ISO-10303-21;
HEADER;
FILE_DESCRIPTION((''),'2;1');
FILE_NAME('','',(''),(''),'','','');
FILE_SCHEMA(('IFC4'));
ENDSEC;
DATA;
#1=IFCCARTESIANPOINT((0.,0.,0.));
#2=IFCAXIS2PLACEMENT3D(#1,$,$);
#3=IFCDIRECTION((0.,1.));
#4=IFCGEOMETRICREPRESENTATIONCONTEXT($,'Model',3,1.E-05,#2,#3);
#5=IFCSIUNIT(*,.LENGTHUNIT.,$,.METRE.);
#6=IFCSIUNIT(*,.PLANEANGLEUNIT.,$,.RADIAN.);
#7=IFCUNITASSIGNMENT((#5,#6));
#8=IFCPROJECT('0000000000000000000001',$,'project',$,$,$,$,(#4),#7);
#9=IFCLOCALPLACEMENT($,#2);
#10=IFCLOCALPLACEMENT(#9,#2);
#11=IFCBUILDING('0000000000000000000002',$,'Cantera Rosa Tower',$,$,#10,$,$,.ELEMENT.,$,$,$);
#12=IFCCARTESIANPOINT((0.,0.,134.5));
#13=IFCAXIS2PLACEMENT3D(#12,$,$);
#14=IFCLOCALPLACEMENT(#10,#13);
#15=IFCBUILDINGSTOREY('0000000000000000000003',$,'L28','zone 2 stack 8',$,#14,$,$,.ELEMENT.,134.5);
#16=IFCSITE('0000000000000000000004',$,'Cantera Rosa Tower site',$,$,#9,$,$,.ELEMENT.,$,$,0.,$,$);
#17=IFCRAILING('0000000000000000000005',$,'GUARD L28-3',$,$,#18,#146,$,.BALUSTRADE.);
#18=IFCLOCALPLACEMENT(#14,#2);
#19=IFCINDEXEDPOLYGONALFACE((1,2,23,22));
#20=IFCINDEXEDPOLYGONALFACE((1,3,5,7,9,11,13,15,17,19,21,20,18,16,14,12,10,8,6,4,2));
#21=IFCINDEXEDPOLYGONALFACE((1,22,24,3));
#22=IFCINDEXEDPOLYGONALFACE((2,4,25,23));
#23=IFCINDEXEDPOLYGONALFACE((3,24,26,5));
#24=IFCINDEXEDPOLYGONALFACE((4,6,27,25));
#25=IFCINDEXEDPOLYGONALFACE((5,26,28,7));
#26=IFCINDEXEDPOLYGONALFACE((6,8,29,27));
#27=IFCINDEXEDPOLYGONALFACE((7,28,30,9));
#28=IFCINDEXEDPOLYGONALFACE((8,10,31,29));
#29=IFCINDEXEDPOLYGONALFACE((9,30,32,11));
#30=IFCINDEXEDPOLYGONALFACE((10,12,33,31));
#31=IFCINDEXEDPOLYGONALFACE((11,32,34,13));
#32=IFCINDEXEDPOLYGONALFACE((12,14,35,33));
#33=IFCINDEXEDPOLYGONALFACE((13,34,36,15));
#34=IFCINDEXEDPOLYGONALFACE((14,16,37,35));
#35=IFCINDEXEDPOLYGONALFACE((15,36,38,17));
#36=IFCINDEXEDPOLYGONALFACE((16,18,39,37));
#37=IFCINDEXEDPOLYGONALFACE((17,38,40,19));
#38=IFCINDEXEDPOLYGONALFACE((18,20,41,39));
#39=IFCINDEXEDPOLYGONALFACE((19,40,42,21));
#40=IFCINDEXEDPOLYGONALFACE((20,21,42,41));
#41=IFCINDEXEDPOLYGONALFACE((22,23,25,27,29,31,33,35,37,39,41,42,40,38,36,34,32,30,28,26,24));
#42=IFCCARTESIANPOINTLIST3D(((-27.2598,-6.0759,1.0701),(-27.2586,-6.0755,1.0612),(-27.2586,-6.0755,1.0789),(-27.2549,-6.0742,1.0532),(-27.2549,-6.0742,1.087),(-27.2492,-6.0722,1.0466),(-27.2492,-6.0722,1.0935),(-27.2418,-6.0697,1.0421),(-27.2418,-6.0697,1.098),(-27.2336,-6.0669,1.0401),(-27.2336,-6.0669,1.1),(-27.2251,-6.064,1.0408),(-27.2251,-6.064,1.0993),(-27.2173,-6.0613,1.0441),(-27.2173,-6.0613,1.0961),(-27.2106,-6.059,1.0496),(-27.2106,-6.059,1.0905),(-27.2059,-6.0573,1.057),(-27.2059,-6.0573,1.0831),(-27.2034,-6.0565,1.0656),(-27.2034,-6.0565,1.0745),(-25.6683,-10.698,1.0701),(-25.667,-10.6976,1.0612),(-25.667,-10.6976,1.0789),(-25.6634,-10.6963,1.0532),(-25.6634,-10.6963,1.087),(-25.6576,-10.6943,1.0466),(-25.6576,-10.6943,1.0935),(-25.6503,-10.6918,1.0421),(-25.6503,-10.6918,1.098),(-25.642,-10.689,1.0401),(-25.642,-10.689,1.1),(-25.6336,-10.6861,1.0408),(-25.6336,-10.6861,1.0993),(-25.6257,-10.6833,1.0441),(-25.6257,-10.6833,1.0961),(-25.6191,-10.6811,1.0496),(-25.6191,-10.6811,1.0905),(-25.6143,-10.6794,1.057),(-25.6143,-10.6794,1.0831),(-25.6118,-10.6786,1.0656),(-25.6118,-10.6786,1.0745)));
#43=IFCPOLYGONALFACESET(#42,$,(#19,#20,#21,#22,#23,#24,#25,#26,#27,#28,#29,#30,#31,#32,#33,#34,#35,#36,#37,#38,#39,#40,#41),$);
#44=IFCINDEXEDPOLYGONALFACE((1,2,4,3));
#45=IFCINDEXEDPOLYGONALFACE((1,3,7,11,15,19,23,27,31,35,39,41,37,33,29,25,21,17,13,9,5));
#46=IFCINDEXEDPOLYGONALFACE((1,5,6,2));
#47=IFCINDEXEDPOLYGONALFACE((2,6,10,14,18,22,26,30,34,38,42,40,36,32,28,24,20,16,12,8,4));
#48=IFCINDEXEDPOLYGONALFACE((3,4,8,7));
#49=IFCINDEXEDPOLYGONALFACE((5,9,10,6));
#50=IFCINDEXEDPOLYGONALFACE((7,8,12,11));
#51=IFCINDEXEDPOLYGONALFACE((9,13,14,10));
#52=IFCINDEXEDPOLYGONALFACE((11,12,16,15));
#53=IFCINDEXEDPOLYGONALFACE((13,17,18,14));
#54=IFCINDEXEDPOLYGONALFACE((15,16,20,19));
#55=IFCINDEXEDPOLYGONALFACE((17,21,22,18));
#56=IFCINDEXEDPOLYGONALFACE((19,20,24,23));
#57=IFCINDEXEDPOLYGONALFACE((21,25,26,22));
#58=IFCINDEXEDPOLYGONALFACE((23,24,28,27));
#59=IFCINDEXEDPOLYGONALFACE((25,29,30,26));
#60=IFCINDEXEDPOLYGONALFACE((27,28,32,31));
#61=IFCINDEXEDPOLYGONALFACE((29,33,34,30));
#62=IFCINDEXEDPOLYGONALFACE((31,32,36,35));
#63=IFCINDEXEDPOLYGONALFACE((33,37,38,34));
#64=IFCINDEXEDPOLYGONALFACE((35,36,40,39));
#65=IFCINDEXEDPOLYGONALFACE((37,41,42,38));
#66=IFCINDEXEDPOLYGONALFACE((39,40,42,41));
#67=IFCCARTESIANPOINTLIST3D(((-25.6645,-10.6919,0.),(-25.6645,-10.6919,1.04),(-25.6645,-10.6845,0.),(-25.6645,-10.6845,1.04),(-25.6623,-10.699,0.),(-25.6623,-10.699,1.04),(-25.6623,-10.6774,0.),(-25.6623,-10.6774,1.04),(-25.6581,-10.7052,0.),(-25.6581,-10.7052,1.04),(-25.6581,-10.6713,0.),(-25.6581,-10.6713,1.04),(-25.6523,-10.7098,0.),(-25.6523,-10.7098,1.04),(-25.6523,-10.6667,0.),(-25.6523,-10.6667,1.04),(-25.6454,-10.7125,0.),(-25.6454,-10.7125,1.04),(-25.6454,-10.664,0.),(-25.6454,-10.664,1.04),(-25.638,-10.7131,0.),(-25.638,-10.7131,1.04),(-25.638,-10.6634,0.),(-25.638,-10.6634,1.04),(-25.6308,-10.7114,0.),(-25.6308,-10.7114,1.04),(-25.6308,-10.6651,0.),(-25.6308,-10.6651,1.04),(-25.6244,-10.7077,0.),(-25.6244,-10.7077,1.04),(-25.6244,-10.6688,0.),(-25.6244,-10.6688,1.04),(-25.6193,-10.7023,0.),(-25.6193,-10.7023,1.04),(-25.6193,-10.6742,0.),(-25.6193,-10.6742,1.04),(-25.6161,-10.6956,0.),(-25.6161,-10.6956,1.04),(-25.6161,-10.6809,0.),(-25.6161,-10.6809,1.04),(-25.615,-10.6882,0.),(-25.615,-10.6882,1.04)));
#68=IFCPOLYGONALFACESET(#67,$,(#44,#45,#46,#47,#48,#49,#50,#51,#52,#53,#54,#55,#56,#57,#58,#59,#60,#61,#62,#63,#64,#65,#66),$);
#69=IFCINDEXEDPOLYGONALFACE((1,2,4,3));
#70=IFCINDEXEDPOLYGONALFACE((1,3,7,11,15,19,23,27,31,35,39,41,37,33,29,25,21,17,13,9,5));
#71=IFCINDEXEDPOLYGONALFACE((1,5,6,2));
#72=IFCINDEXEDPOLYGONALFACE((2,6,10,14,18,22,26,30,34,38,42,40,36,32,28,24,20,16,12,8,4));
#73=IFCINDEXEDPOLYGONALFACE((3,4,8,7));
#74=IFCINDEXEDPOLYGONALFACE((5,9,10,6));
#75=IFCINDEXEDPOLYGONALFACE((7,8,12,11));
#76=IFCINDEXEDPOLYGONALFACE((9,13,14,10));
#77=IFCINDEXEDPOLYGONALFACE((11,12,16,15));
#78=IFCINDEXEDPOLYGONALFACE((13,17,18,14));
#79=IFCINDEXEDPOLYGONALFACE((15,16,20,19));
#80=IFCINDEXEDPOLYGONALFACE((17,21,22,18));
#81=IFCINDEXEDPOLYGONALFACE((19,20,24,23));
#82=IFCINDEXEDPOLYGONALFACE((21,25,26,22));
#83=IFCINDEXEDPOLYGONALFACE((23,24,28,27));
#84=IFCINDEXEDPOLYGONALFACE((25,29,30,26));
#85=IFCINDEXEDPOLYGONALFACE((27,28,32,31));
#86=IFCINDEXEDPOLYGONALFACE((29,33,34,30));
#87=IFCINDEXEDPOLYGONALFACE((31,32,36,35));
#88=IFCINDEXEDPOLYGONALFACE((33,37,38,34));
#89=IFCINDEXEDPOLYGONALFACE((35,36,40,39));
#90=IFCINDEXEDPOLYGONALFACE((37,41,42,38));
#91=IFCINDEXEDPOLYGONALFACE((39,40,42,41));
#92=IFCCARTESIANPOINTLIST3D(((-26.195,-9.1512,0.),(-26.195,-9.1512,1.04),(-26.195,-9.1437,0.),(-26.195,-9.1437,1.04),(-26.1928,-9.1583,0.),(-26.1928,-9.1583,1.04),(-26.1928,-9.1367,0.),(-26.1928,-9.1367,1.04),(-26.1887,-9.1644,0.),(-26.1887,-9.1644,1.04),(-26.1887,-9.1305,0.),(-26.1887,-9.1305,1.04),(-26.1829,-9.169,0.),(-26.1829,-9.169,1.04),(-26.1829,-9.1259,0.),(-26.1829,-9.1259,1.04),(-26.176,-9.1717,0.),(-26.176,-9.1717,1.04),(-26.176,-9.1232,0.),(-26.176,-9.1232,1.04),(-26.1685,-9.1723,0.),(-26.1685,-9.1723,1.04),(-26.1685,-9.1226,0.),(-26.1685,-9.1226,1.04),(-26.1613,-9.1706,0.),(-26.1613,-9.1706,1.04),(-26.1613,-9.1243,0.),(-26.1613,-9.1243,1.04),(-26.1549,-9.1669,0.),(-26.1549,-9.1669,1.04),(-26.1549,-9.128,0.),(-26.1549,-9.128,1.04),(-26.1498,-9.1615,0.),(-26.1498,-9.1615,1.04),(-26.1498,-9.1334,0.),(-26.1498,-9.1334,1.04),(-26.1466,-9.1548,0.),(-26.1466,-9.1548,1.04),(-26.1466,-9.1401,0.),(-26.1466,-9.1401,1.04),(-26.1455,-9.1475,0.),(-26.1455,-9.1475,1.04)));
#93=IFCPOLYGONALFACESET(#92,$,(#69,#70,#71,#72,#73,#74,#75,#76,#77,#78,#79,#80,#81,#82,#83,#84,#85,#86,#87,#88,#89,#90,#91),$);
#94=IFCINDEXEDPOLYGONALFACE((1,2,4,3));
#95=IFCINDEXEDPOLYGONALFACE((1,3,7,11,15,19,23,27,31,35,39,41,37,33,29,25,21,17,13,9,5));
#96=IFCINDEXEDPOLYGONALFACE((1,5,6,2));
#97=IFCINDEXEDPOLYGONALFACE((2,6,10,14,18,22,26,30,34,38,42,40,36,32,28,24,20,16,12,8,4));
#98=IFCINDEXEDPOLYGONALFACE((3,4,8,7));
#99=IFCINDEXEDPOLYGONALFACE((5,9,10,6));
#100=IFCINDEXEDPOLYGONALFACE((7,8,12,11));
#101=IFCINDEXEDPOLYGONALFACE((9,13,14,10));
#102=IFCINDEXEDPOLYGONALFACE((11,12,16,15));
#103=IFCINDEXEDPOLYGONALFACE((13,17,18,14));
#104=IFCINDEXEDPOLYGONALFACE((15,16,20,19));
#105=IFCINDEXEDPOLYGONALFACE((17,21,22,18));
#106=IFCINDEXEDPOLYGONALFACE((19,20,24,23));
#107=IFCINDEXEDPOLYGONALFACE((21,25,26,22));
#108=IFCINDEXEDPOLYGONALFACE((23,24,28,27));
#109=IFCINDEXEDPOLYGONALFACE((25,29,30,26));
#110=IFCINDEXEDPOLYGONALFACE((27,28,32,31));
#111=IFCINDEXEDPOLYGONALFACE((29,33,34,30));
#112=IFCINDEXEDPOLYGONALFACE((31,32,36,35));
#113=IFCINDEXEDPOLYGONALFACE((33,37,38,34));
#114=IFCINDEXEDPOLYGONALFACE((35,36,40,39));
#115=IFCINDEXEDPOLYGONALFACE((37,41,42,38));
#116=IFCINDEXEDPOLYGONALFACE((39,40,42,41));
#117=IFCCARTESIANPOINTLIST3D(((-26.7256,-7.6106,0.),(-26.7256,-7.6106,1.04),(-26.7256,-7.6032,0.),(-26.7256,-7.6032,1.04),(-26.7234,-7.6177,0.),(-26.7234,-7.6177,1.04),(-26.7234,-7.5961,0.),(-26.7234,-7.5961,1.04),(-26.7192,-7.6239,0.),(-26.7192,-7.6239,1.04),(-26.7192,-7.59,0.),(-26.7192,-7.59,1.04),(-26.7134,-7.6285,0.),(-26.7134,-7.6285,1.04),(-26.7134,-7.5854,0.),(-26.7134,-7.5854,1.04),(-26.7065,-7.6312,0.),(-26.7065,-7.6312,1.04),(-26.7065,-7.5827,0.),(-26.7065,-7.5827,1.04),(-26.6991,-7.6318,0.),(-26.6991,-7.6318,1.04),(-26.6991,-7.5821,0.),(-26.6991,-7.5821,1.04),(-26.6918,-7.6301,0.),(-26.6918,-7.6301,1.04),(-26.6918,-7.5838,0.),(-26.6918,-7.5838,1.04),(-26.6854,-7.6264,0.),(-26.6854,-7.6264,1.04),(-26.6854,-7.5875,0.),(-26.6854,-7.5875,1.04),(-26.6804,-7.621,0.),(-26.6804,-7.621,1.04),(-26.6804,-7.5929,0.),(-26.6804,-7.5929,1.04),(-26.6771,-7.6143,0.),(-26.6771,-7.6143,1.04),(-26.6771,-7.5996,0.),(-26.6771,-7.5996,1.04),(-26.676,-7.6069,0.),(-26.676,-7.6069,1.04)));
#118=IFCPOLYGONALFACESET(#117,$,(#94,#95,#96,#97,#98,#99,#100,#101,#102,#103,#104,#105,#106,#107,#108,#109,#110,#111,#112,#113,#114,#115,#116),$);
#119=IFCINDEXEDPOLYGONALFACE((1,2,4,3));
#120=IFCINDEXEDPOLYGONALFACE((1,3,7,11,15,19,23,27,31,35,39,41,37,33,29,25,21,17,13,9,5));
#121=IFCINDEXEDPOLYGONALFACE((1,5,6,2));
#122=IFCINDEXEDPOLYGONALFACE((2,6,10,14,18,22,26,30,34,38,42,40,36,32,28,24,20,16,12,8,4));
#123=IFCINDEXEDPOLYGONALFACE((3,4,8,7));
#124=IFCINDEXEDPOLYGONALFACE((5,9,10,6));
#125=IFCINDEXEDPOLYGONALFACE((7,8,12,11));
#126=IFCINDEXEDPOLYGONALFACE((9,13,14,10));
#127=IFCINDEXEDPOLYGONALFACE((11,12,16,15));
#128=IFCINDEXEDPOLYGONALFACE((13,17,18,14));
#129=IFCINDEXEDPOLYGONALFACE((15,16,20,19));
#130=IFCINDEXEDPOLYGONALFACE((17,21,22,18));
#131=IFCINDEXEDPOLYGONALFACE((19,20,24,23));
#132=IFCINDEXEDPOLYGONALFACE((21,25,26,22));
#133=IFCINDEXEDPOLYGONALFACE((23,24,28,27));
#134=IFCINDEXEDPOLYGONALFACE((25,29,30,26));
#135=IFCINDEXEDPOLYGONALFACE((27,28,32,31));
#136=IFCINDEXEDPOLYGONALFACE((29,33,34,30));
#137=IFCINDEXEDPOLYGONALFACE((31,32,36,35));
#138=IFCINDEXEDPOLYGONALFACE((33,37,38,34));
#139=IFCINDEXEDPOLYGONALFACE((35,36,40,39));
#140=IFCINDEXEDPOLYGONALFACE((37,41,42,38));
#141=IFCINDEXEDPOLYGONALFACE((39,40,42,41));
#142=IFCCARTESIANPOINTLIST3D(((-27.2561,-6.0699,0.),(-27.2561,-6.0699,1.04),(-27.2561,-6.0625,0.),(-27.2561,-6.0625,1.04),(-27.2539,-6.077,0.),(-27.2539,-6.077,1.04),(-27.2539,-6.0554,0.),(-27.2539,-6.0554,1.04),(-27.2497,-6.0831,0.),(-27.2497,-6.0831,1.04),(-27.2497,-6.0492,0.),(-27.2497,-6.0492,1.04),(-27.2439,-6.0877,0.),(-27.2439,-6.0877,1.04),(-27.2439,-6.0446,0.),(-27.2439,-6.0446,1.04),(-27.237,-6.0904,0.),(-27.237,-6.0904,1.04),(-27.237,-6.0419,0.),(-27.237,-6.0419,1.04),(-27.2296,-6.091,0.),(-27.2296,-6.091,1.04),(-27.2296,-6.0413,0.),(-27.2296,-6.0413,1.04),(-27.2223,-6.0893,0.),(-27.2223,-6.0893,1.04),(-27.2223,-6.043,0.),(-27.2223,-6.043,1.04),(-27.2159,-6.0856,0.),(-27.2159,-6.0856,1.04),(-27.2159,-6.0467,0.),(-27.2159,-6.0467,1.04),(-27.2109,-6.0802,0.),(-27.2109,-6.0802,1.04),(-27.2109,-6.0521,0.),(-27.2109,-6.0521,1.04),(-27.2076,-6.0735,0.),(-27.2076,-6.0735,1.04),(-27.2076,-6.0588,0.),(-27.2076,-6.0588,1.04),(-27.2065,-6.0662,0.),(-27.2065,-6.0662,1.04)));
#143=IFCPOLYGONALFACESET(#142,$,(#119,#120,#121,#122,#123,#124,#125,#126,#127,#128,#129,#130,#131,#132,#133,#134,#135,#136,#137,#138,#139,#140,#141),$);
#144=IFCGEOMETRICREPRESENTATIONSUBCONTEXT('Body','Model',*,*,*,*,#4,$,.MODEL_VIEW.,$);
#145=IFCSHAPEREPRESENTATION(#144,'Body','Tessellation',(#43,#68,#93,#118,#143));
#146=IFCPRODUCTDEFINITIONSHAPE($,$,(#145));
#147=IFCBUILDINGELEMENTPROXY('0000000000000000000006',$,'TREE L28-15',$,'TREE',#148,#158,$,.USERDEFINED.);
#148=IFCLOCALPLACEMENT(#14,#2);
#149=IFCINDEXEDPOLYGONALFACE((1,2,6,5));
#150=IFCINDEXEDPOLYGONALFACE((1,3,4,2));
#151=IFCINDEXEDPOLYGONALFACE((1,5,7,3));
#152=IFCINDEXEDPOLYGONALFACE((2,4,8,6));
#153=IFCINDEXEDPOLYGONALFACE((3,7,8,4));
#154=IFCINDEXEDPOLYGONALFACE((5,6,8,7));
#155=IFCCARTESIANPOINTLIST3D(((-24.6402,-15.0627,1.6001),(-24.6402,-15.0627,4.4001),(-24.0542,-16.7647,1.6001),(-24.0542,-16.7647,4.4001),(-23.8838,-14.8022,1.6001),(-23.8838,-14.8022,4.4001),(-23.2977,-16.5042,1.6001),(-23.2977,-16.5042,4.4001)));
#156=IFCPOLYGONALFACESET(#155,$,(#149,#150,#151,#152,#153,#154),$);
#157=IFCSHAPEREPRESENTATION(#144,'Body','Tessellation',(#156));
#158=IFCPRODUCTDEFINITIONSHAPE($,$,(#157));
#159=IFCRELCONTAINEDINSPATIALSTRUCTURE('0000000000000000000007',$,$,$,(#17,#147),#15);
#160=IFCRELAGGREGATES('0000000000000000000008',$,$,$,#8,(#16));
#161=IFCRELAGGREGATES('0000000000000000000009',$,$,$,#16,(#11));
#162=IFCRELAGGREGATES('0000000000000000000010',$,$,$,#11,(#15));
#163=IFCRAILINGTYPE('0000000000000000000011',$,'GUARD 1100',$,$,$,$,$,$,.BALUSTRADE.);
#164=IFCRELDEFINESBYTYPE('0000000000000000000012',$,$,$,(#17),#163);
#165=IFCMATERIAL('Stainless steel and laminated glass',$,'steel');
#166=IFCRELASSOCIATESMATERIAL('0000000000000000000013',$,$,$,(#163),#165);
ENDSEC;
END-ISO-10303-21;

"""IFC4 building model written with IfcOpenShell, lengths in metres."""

from ifc_helpers import new_model, si_unit, direction, frame, origin, origin_2d, place, context, subcontext, project, spatial, rectangle, circle, extrude, material, type_object, element, save


model = new_model("IFC4")

# Units and contexts
model_context = context("Model", 3, precision=1e-05, world=origin(), true_north=direction((0.0, 1.0)))
body_context = subcontext(model_context, "Body", "Model", "MODEL_VIEW")
ifc_project = project(units=[si_unit("LENGTHUNIT", "METRE"), si_unit("PLANEANGLEUNIT", "RADIAN")], contexts=[model_context])

# Site, building, storey
site_placement = place(None, origin())
site = spatial("IfcSite", under=ifc_project, at=site_placement, Name="Cantera Rosa Tower site", CompositionType="ELEMENT", RefElevation=0.0)
building_placement = place(site_placement, origin())
building = spatial("IfcBuilding", under=site, at=building_placement, Name="Cantera Rosa Tower", CompositionType="ELEMENT")
storey_placement = place(building_placement, frame((0.0, 0.0, 134.5)))
storey = spatial("IfcBuildingStorey", under=building, at=storey_placement, Name="L28", Description="zone 2 stack 8", CompositionType="ELEMENT", Elevation=134.5)

# Railing
ifc_material_1 = material(Name="Stainless steel and laminated glass", Category="steel")
railing_type = type_object("IfcRailingType", Name="GUARD 1100", PredefinedType="BALUSTRADE", material=ifc_material_1)
railing_1_placement = place(storey_placement, frame((-25.6399, -10.6882, 0.0)))
element("IfcRailing", 1, at=railing_1_placement, inside=storey, type_object=railing_type, Name="GUARD L28-3", PredefinedType="BALUSTRADE", context=body_context, shape_type="SweptSolid", body=[
    extrude(circle(Radius=0.03, at=origin_2d()), frame((0.0, 0.0, 1.0701), z_axis=(-0.325577, 0.945516, 0.0), x_axis=(-0.945516, -0.325577, 0.0)), (0.0, 0.0, 1.0), 4.8884),
    extrude(circle(Radius=0.0249, at=origin_2d()), origin(), (0.0, 0.0, 1.0), 1.04),
    extrude(circle(Radius=0.0249, at=origin_2d()), frame((-0.5305, 1.5408, 0.0)), (0.0, 0.0, 1.0), 1.04),
    extrude(circle(Radius=0.0249, at=origin_2d()), frame((-1.061, 3.0813, 0.0)), (0.0, 0.0, 1.0), 1.04),
    extrude(circle(Radius=0.0249, at=origin_2d()), frame((-1.5916, 4.6221, 0.0)), (0.0, 0.0, 1.0), 1.04),
])

# Building element proxy
proxy_placement = place(storey_placement, frame((-23.969, -15.7834, 1.6001), z_axis=(0.0, 0.0, 1.0), x_axis=(0.325568, -0.945519, 0.0)))
element("IfcBuildingElementProxy", 2, at=proxy_placement, inside=storey, Name="TREE L28-15", ObjectType="TREE", PredefinedType="USERDEFINED", context=body_context, shape_type="SweptSolid", body=[
    extrude(rectangle(XDim=1.8, YDim=0.8, at=origin_2d()), origin(), (0.0, 0.0, 1.0), 2.8),
])

save(model, "model.ifc")
